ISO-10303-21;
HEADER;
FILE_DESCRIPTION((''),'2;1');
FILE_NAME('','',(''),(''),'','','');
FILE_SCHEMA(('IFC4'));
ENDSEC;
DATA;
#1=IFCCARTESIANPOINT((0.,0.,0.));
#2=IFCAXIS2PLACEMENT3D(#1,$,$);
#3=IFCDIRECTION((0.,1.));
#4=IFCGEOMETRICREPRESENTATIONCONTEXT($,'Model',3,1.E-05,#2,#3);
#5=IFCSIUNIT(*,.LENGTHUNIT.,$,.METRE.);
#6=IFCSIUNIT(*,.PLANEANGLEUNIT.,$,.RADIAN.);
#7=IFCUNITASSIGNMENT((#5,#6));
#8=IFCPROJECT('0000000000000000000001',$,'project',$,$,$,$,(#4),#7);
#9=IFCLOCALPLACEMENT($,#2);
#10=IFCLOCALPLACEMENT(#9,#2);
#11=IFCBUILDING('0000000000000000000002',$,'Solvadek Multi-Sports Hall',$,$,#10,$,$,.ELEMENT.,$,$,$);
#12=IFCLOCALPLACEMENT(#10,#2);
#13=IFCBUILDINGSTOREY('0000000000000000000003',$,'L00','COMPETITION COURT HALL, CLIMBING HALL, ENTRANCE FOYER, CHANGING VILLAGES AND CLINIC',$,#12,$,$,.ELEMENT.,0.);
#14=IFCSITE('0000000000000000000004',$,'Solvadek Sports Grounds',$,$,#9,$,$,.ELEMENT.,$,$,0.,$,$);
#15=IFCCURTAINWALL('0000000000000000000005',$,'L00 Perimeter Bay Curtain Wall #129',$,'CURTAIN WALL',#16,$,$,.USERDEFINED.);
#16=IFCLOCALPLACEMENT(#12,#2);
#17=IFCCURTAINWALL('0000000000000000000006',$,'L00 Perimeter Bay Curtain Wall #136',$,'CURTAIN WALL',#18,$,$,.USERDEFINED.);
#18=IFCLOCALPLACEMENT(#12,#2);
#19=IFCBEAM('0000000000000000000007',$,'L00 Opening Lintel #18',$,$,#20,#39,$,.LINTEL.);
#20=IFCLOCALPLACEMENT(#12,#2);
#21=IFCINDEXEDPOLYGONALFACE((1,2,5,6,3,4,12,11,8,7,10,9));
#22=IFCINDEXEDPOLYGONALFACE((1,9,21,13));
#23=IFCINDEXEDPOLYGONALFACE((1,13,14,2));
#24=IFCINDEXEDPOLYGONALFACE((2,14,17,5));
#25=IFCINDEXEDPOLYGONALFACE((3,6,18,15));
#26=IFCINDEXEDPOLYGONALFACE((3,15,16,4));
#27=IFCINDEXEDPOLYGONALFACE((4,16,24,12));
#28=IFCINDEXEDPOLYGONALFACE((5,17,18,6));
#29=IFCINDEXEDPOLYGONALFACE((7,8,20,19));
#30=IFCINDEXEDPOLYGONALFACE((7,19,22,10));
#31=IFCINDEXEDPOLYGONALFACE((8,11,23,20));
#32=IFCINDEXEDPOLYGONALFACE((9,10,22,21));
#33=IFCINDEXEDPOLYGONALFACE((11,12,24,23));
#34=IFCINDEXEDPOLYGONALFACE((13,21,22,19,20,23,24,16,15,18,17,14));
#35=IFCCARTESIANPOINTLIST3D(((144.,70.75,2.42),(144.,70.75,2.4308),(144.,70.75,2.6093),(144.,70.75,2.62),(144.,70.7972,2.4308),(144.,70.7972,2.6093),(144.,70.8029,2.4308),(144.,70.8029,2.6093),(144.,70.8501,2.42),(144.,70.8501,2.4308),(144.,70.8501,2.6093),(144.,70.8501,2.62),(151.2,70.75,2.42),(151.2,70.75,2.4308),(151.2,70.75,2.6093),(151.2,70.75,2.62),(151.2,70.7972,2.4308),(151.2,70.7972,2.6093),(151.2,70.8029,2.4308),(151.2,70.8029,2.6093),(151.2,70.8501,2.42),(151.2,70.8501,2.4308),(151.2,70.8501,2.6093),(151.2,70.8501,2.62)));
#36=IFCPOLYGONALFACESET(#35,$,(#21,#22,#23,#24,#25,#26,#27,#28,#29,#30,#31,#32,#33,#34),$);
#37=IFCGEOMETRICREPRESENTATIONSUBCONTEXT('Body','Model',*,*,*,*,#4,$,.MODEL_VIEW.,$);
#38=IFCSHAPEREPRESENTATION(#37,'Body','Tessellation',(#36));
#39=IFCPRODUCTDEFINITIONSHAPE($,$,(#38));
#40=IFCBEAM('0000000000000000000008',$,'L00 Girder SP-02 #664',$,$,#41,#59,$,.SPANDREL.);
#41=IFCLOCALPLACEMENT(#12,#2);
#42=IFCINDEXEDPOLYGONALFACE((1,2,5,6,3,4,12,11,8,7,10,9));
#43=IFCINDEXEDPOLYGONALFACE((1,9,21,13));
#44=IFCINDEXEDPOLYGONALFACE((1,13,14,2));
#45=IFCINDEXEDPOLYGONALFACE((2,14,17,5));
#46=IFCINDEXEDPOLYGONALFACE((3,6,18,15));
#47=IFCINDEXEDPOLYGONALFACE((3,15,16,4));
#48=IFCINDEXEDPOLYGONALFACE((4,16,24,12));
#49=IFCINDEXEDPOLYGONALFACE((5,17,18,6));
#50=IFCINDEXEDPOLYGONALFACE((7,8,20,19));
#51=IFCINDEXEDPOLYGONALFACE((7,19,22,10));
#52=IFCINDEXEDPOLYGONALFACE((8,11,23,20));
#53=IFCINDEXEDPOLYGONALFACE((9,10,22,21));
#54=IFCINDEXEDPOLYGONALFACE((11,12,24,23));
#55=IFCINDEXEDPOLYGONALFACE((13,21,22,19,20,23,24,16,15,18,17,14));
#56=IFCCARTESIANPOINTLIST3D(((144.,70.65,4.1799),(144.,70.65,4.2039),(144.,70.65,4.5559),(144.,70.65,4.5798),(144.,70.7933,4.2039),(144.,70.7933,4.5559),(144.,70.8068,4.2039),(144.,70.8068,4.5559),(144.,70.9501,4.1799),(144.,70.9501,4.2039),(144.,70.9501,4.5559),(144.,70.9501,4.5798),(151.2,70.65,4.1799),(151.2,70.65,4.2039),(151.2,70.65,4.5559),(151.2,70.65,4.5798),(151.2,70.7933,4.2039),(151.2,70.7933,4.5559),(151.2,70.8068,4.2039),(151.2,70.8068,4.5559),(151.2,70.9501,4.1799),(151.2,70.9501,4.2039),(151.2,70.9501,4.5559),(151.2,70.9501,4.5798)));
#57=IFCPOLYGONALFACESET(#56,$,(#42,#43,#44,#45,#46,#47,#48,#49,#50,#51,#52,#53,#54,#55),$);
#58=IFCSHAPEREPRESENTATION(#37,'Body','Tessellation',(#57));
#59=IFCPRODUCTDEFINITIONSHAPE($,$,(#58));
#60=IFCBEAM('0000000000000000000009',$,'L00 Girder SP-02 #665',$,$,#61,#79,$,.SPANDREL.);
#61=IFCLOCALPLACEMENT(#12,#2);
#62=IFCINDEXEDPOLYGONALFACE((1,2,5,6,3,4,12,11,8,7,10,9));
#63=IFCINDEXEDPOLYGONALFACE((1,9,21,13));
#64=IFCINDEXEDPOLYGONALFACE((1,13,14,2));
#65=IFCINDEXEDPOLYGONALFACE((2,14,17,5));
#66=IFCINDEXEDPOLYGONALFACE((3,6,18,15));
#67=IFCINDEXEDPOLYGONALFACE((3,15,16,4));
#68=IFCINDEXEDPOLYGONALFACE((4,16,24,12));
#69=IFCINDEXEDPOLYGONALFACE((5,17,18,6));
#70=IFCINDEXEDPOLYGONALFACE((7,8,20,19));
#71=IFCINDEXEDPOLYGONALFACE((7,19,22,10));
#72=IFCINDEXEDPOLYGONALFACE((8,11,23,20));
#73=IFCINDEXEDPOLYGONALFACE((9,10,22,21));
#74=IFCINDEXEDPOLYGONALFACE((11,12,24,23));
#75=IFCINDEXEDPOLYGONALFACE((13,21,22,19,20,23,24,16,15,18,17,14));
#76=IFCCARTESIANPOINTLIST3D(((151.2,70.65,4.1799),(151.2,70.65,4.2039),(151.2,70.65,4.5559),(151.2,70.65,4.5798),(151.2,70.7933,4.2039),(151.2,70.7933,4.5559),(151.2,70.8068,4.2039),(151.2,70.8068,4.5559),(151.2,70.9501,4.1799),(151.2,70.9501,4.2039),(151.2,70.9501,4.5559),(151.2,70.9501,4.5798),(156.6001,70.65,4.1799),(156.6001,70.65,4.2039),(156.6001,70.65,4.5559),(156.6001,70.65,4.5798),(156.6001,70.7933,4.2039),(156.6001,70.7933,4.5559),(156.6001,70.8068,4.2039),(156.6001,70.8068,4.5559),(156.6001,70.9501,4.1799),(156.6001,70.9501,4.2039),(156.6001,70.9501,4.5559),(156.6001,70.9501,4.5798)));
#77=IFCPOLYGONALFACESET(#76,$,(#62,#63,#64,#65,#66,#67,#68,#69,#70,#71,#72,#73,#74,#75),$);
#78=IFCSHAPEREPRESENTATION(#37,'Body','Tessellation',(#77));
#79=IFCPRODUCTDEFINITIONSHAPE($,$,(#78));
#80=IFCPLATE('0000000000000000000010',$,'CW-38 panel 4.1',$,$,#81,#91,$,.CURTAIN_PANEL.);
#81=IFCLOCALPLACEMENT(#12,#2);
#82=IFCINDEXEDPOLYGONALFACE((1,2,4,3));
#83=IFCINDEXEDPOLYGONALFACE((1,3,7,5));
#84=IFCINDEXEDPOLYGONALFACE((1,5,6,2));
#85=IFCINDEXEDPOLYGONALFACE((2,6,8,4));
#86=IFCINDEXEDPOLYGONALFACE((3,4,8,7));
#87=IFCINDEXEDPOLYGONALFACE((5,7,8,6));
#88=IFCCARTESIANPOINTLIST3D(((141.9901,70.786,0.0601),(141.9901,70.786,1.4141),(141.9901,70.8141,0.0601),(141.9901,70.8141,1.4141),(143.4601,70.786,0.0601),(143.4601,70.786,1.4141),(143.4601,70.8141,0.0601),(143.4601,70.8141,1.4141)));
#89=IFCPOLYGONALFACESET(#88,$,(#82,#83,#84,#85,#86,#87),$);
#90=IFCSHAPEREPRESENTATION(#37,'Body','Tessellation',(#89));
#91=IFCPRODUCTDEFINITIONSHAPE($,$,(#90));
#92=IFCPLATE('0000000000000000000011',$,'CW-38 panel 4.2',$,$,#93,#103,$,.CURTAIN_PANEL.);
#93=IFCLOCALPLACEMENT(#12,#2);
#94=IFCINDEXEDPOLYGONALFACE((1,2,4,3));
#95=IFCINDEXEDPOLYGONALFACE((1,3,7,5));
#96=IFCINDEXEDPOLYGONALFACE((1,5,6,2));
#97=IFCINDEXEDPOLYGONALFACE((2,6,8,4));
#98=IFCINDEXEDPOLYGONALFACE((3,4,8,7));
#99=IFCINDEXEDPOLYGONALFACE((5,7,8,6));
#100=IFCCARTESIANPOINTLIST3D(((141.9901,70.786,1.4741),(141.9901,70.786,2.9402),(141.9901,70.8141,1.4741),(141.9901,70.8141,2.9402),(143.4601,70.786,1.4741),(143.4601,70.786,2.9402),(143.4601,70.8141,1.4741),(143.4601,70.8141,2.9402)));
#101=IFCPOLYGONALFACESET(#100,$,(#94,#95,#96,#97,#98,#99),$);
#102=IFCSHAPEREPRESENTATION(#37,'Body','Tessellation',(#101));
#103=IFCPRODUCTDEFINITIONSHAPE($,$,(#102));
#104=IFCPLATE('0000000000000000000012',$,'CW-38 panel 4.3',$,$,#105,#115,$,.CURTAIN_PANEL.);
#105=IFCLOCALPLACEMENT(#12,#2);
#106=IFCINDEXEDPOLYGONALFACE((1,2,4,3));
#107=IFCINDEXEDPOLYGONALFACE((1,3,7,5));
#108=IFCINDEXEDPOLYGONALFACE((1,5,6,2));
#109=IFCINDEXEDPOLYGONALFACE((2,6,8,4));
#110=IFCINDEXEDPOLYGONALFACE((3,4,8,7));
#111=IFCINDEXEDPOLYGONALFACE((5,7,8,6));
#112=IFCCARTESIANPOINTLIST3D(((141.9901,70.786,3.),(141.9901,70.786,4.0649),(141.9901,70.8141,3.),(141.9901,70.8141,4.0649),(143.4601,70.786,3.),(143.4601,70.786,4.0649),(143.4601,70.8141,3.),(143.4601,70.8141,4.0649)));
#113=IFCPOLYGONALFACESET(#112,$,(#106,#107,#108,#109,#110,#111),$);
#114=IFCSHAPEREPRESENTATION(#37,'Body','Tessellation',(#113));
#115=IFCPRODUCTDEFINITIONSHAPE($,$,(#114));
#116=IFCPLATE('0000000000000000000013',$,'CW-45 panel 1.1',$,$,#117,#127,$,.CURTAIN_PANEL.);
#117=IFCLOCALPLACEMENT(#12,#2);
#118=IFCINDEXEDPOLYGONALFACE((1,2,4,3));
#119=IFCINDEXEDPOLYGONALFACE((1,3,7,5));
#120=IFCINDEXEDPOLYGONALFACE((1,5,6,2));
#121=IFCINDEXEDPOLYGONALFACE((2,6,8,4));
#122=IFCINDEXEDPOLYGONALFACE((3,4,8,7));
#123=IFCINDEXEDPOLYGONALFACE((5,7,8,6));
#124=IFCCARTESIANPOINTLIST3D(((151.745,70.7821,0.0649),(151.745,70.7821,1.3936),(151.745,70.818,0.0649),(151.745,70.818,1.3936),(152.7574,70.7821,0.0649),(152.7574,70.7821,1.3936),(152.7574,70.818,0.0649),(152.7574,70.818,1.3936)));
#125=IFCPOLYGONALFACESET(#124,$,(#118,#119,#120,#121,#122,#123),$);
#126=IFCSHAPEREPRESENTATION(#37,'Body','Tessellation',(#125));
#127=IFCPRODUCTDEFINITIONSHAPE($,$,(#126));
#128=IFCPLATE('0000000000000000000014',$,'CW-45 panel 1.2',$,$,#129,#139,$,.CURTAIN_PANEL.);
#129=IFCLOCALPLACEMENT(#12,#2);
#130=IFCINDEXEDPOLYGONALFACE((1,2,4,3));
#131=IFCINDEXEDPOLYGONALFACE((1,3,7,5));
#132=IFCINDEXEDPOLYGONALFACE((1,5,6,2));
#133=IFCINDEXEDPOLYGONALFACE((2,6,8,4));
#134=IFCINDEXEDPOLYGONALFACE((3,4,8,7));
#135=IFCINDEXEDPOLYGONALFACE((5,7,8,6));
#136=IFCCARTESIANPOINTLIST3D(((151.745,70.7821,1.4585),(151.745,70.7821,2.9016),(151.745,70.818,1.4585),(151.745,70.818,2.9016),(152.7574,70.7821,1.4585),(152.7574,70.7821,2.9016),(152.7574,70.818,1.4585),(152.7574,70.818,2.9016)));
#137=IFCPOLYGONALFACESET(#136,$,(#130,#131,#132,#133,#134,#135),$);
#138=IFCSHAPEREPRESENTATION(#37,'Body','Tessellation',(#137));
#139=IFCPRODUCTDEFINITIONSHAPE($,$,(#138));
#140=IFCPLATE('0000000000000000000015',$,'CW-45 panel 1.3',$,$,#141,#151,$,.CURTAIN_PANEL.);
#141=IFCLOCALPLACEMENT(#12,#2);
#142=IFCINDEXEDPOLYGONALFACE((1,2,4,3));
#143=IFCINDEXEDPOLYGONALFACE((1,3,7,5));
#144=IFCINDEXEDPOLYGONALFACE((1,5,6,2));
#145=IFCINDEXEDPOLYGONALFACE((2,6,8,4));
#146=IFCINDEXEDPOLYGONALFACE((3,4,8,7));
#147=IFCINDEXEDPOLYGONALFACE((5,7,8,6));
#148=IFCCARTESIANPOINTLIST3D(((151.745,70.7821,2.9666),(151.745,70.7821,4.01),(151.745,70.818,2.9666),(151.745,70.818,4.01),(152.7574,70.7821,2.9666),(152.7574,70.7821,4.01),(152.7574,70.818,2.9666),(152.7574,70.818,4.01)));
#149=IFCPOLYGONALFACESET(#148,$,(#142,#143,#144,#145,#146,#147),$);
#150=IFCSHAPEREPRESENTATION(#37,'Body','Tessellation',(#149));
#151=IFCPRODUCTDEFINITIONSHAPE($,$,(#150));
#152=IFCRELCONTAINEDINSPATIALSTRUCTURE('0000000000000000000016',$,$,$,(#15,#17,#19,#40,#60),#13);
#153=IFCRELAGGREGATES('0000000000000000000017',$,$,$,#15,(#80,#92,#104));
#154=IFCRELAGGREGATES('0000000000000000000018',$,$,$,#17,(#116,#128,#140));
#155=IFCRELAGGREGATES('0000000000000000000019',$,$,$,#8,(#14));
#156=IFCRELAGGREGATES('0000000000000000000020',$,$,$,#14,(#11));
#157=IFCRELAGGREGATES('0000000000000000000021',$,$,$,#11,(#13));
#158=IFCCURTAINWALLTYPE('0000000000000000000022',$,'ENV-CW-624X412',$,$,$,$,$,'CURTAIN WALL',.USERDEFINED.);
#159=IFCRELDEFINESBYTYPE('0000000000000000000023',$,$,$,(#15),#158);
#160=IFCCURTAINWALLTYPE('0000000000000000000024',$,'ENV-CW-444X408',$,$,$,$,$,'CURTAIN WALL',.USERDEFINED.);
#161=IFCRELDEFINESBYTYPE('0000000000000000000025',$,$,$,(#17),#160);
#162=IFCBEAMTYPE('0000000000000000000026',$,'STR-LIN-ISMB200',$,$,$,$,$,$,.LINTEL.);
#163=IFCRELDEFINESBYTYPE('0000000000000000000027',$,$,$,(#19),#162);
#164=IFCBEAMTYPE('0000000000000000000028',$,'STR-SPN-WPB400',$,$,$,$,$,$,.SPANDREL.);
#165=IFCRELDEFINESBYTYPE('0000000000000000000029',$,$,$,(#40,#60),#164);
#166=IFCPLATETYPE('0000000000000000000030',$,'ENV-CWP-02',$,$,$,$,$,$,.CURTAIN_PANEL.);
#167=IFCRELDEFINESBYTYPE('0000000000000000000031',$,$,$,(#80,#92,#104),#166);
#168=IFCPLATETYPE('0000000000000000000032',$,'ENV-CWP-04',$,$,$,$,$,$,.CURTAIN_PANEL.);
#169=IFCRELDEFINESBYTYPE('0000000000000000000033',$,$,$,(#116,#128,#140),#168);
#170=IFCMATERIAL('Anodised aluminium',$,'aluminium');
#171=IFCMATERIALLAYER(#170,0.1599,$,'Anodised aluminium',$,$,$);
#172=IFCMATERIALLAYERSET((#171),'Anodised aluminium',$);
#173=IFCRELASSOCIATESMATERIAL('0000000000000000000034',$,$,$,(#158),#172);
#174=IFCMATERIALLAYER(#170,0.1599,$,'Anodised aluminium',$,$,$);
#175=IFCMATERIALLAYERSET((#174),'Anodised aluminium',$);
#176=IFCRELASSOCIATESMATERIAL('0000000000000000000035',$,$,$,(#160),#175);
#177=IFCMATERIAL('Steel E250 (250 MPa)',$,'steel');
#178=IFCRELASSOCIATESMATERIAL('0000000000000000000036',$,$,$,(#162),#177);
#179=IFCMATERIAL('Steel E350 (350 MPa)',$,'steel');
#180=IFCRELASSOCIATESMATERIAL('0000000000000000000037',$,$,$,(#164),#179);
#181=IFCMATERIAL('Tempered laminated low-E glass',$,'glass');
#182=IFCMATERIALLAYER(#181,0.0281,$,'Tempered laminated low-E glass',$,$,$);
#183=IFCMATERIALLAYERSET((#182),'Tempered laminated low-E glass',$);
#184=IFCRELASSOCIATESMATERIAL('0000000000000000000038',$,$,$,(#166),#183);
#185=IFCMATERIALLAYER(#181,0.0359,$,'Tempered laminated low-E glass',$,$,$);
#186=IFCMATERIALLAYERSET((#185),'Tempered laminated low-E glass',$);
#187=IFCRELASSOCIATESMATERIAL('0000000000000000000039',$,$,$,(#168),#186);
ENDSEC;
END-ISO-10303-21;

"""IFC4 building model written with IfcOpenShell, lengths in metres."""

from ifc_helpers import new_model, si_unit, direction, frame, origin, origin_2d, place, context, subcontext, project, spatial, rectangle, i_section, extrude, material, layer, layer_set, material_profile, profile_set, type_object, element, aggregate, save


model = new_model("IFC4")

# Units and contexts
model_context = context("Model", 3, precision=1e-05, world=origin(), true_north=direction((0.0, 1.0)))
body_context = subcontext(model_context, "Body", "Model", "MODEL_VIEW")
ifc_project = project(units=[si_unit("LENGTHUNIT", "METRE"), si_unit("PLANEANGLEUNIT", "RADIAN")], contexts=[model_context])

# Site, building, storey
site_placement = place(None, origin())
site = spatial("IfcSite", under=ifc_project, at=site_placement, Name="Solvadek Sports Grounds", CompositionType="ELEMENT", RefElevation=0.0)
building_placement = place(site_placement, origin())
building = spatial("IfcBuilding", under=site, at=building_placement, Name="Solvadek Multi-Sports Hall", CompositionType="ELEMENT")
storey_placement = place(building_placement, origin())
storey = spatial("IfcBuildingStorey", under=building, at=storey_placement, Name="L00", Description="COMPETITION COURT HALL, CLIMBING HALL, ENTRANCE FOYER, CHANGING VILLAGES AND CLINIC", CompositionType="ELEMENT", Elevation=0.0)

# Shared definitions
ifc_material_1 = material(Name="Steel E350 (350 MPa)", Category="steel")

# Curtain wall
ifc_material_2 = material(Name="Anodised aluminium", Category="aluminium")
ifc_layer_1 = layer(ifc_material_2, 0.1599, Name="Anodised aluminium")
ifc_layer_set_1 = layer_set([ifc_layer_1], Name="Anodised aluminium")
curtain_wall_type_1 = type_object("IfcCurtainWallType", Name="ENV-CW-624X412", ElementType="CURTAIN WALL", PredefinedType="USERDEFINED", material=ifc_layer_set_1)
curtain_wall_1_placement = place(storey_placement, origin())
curtain_wall_1 = element("IfcCurtainWall", 1, at=curtain_wall_1_placement, inside=storey, type_object=curtain_wall_type_1, Name="L00 Perimeter Bay Curtain Wall #129", ObjectType="CURTAIN WALL", PredefinedType="USERDEFINED")

# Curtain wall
ifc_layer_2 = layer(ifc_material_2, 0.1599, Name="Anodised aluminium")
ifc_layer_set_2 = layer_set([ifc_layer_2], Name="Anodised aluminium")
curtain_wall_type_2 = type_object("IfcCurtainWallType", Name="ENV-CW-444X408", ElementType="CURTAIN WALL", PredefinedType="USERDEFINED", material=ifc_layer_set_2)
curtain_wall_2_placement = place(storey_placement, origin())
curtain_wall_2 = element("IfcCurtainWall", 2, at=curtain_wall_2_placement, inside=storey, type_object=curtain_wall_type_2, Name="L00 Perimeter Bay Curtain Wall #136", ObjectType="CURTAIN WALL", PredefinedType="USERDEFINED")

# Beams
ifc_material_3 = material(Name="Steel E250 (250 MPa)", Category="steel")
ifc_material_profile_1 = material_profile(ifc_material_3, i_section(OverallWidth=0.1001, OverallDepth=0.2, WebThickness=0.0056, FlangeThickness=0.0107, at=origin_2d()), Name="ISMB 200")
ifc_profile_set_1 = profile_set([ifc_material_profile_1], Name="Steel E250 (250 MPa)")
beam_type_1 = type_object("IfcBeamType", Name="STR-LIN-ISMB200", PredefinedType="LINTEL", material=ifc_profile_set_1)
beam_1_placement = place(storey_placement, frame((144.0, 70.8, 2.52), z_axis=(1.0, 0.0, 0.0), x_axis=(0.0, 1.0, 0.0)))
element("IfcBeam", 3, at=beam_1_placement, inside=storey, type_object=beam_type_1, Name="L00 Opening Lintel #18", PredefinedType="LINTEL", context=body_context, shape_type="SweptSolid", body=[
    extrude(i_section(OverallWidth=0.1001, OverallDepth=0.2, WebThickness=0.0056, FlangeThickness=0.0107, at=origin_2d()), origin(), (0.0, 0.0, 1.0), 7.2),
])
ifc_material_profile_2 = material_profile(ifc_material_1, i_section(OverallWidth=0.3, OverallDepth=0.3999, WebThickness=0.0134, FlangeThickness=0.0239, at=origin_2d()), Name="WPB 400")
ifc_profile_set_2 = profile_set([ifc_material_profile_2], Name="Steel E350 (350 MPa)")
beam_type_2 = type_object("IfcBeamType", Name="STR-SPN-WPB400", PredefinedType="SPANDREL", material=ifc_profile_set_2)
beam_2_placement = place(storey_placement, frame((144.0, 70.8, 4.3799), z_axis=(1.0, 0.0, 0.0), x_axis=(0.0, 1.0, 0.0)))
element("IfcBeam", 4, at=beam_2_placement, inside=storey, type_object=beam_type_2, Name="L00 Girder SP-02 #664", PredefinedType="SPANDREL", context=body_context, shape_type="SweptSolid", body=[
    extrude(i_section(OverallWidth=0.3, OverallDepth=0.3999, WebThickness=0.0134, FlangeThickness=0.0239, at=origin_2d()), origin(), (0.0, 0.0, 1.0), 7.2),
])
beam_3_placement = place(storey_placement, frame((151.2, 70.8, 4.3799), z_axis=(1.0, 0.0, 0.0), x_axis=(0.0, 1.0, 0.0)))
element("IfcBeam", 5, at=beam_3_placement, inside=storey, type_object=beam_type_2, Name="L00 Girder SP-02 #665", PredefinedType="SPANDREL", context=body_context, shape_type="SweptSolid", body=[
    extrude(i_section(OverallWidth=0.3, OverallDepth=0.3999, WebThickness=0.0134, FlangeThickness=0.0239, at=origin_2d()), origin(), (0.0, 0.0, 1.0), 5.4001),
])

# Plates
ifc_material_4 = material(Name="Tempered laminated low-E glass", Category="glass")
ifc_layer_3 = layer(ifc_material_4, 0.0281, Name="Tempered laminated low-E glass")
ifc_layer_set_3 = layer_set([ifc_layer_3], Name="Tempered laminated low-E glass")
plate_type_1 = type_object("IfcPlateType", Name="ENV-CWP-02", PredefinedType="CURTAIN_PANEL", material=ifc_layer_set_3)
plate_1_placement = place(storey_placement, frame((142.7251, 70.8, 0.0601), z_axis=(0.0, 0.0, 1.0), x_axis=(1.0, 0.0, 0.0)))
plate_1 = element("IfcPlate", 6, at=plate_1_placement, type_object=plate_type_1, Name="CW-38 panel 4.1", PredefinedType="CURTAIN_PANEL", context=body_context, shape_type="SweptSolid", body=[
    extrude(rectangle(XDim=1.47, YDim=0.0281, at=origin_2d()), origin(), (0.0, 0.0, 1.0), 1.354),
])
plate_2_placement = place(storey_placement, frame((142.7251, 70.8, 1.4741), z_axis=(0.0, 0.0, 1.0), x_axis=(1.0, 0.0, 0.0)))
plate_2 = element("IfcPlate", 7, at=plate_2_placement, type_object=plate_type_1, Name="CW-38 panel 4.2", PredefinedType="CURTAIN_PANEL", context=body_context, shape_type="SweptSolid", body=[
    extrude(rectangle(XDim=1.47, YDim=0.0281, at=origin_2d()), origin(), (0.0, 0.0, 1.0), 1.4661),
])
plate_3_placement = place(storey_placement, frame((142.7251, 70.8, 3.0), z_axis=(0.0, 0.0, 1.0), x_axis=(1.0, 0.0, 0.0)))
plate_3 = element("IfcPlate", 8, at=plate_3_placement, type_object=plate_type_1, Name="CW-38 panel 4.3", PredefinedType="CURTAIN_PANEL", context=body_context, shape_type="SweptSolid", body=[
    extrude(rectangle(XDim=1.47, YDim=0.0281, at=origin_2d()), origin(), (0.0, 0.0, 1.0), 1.0649),
])
aggregate(curtain_wall_1, [plate_1, plate_2, plate_3])
ifc_layer_4 = layer(ifc_material_4, 0.0359, Name="Tempered laminated low-E glass")
ifc_layer_set_4 = layer_set([ifc_layer_4], Name="Tempered laminated low-E glass")
plate_type_2 = type_object("IfcPlateType", Name="ENV-CWP-04", PredefinedType="CURTAIN_PANEL", material=ifc_layer_set_4)
plate_4_placement = place(storey_placement, frame((152.2512, 70.8, 0.0649), z_axis=(0.0, 0.0, 1.0), x_axis=(1.0, 0.0, 0.0)))
plate_4 = element("IfcPlate", 9, at=plate_4_placement, type_object=plate_type_2, Name="CW-45 panel 1.1", PredefinedType="CURTAIN_PANEL", context=body_context, shape_type="SweptSolid", body=[
    extrude(rectangle(XDim=1.0125, YDim=0.0359, at=origin_2d()), origin(), (0.0, 0.0, 1.0), 1.3286),
])
plate_5_placement = place(storey_placement, frame((152.2512, 70.8, 1.4585), z_axis=(0.0, 0.0, 1.0), x_axis=(1.0, 0.0, 0.0)))
plate_5 = element("IfcPlate", 10, at=plate_5_placement, type_object=plate_type_2, Name="CW-45 panel 1.2", PredefinedType="CURTAIN_PANEL", context=body_context, shape_type="SweptSolid", body=[
    extrude(rectangle(XDim=1.0125, YDim=0.0359, at=origin_2d()), origin(), (0.0, 0.0, 1.0), 1.4431),
])
plate_6_placement = place(storey_placement, frame((152.2512, 70.8, 2.9666), z_axis=(0.0, 0.0, 1.0), x_axis=(1.0, 0.0, 0.0)))
plate_6 = element("IfcPlate", 11, at=plate_6_placement, type_object=plate_type_2, Name="CW-45 panel 1.3", PredefinedType="CURTAIN_PANEL", context=body_context, shape_type="SweptSolid", body=[
    extrude(rectangle(XDim=1.0125, YDim=0.0359, at=origin_2d()), origin(), (0.0, 0.0, 1.0), 1.0435),
])
aggregate(curtain_wall_2, [plate_4, plate_5, plate_6])

save(model, "model.ifc")
